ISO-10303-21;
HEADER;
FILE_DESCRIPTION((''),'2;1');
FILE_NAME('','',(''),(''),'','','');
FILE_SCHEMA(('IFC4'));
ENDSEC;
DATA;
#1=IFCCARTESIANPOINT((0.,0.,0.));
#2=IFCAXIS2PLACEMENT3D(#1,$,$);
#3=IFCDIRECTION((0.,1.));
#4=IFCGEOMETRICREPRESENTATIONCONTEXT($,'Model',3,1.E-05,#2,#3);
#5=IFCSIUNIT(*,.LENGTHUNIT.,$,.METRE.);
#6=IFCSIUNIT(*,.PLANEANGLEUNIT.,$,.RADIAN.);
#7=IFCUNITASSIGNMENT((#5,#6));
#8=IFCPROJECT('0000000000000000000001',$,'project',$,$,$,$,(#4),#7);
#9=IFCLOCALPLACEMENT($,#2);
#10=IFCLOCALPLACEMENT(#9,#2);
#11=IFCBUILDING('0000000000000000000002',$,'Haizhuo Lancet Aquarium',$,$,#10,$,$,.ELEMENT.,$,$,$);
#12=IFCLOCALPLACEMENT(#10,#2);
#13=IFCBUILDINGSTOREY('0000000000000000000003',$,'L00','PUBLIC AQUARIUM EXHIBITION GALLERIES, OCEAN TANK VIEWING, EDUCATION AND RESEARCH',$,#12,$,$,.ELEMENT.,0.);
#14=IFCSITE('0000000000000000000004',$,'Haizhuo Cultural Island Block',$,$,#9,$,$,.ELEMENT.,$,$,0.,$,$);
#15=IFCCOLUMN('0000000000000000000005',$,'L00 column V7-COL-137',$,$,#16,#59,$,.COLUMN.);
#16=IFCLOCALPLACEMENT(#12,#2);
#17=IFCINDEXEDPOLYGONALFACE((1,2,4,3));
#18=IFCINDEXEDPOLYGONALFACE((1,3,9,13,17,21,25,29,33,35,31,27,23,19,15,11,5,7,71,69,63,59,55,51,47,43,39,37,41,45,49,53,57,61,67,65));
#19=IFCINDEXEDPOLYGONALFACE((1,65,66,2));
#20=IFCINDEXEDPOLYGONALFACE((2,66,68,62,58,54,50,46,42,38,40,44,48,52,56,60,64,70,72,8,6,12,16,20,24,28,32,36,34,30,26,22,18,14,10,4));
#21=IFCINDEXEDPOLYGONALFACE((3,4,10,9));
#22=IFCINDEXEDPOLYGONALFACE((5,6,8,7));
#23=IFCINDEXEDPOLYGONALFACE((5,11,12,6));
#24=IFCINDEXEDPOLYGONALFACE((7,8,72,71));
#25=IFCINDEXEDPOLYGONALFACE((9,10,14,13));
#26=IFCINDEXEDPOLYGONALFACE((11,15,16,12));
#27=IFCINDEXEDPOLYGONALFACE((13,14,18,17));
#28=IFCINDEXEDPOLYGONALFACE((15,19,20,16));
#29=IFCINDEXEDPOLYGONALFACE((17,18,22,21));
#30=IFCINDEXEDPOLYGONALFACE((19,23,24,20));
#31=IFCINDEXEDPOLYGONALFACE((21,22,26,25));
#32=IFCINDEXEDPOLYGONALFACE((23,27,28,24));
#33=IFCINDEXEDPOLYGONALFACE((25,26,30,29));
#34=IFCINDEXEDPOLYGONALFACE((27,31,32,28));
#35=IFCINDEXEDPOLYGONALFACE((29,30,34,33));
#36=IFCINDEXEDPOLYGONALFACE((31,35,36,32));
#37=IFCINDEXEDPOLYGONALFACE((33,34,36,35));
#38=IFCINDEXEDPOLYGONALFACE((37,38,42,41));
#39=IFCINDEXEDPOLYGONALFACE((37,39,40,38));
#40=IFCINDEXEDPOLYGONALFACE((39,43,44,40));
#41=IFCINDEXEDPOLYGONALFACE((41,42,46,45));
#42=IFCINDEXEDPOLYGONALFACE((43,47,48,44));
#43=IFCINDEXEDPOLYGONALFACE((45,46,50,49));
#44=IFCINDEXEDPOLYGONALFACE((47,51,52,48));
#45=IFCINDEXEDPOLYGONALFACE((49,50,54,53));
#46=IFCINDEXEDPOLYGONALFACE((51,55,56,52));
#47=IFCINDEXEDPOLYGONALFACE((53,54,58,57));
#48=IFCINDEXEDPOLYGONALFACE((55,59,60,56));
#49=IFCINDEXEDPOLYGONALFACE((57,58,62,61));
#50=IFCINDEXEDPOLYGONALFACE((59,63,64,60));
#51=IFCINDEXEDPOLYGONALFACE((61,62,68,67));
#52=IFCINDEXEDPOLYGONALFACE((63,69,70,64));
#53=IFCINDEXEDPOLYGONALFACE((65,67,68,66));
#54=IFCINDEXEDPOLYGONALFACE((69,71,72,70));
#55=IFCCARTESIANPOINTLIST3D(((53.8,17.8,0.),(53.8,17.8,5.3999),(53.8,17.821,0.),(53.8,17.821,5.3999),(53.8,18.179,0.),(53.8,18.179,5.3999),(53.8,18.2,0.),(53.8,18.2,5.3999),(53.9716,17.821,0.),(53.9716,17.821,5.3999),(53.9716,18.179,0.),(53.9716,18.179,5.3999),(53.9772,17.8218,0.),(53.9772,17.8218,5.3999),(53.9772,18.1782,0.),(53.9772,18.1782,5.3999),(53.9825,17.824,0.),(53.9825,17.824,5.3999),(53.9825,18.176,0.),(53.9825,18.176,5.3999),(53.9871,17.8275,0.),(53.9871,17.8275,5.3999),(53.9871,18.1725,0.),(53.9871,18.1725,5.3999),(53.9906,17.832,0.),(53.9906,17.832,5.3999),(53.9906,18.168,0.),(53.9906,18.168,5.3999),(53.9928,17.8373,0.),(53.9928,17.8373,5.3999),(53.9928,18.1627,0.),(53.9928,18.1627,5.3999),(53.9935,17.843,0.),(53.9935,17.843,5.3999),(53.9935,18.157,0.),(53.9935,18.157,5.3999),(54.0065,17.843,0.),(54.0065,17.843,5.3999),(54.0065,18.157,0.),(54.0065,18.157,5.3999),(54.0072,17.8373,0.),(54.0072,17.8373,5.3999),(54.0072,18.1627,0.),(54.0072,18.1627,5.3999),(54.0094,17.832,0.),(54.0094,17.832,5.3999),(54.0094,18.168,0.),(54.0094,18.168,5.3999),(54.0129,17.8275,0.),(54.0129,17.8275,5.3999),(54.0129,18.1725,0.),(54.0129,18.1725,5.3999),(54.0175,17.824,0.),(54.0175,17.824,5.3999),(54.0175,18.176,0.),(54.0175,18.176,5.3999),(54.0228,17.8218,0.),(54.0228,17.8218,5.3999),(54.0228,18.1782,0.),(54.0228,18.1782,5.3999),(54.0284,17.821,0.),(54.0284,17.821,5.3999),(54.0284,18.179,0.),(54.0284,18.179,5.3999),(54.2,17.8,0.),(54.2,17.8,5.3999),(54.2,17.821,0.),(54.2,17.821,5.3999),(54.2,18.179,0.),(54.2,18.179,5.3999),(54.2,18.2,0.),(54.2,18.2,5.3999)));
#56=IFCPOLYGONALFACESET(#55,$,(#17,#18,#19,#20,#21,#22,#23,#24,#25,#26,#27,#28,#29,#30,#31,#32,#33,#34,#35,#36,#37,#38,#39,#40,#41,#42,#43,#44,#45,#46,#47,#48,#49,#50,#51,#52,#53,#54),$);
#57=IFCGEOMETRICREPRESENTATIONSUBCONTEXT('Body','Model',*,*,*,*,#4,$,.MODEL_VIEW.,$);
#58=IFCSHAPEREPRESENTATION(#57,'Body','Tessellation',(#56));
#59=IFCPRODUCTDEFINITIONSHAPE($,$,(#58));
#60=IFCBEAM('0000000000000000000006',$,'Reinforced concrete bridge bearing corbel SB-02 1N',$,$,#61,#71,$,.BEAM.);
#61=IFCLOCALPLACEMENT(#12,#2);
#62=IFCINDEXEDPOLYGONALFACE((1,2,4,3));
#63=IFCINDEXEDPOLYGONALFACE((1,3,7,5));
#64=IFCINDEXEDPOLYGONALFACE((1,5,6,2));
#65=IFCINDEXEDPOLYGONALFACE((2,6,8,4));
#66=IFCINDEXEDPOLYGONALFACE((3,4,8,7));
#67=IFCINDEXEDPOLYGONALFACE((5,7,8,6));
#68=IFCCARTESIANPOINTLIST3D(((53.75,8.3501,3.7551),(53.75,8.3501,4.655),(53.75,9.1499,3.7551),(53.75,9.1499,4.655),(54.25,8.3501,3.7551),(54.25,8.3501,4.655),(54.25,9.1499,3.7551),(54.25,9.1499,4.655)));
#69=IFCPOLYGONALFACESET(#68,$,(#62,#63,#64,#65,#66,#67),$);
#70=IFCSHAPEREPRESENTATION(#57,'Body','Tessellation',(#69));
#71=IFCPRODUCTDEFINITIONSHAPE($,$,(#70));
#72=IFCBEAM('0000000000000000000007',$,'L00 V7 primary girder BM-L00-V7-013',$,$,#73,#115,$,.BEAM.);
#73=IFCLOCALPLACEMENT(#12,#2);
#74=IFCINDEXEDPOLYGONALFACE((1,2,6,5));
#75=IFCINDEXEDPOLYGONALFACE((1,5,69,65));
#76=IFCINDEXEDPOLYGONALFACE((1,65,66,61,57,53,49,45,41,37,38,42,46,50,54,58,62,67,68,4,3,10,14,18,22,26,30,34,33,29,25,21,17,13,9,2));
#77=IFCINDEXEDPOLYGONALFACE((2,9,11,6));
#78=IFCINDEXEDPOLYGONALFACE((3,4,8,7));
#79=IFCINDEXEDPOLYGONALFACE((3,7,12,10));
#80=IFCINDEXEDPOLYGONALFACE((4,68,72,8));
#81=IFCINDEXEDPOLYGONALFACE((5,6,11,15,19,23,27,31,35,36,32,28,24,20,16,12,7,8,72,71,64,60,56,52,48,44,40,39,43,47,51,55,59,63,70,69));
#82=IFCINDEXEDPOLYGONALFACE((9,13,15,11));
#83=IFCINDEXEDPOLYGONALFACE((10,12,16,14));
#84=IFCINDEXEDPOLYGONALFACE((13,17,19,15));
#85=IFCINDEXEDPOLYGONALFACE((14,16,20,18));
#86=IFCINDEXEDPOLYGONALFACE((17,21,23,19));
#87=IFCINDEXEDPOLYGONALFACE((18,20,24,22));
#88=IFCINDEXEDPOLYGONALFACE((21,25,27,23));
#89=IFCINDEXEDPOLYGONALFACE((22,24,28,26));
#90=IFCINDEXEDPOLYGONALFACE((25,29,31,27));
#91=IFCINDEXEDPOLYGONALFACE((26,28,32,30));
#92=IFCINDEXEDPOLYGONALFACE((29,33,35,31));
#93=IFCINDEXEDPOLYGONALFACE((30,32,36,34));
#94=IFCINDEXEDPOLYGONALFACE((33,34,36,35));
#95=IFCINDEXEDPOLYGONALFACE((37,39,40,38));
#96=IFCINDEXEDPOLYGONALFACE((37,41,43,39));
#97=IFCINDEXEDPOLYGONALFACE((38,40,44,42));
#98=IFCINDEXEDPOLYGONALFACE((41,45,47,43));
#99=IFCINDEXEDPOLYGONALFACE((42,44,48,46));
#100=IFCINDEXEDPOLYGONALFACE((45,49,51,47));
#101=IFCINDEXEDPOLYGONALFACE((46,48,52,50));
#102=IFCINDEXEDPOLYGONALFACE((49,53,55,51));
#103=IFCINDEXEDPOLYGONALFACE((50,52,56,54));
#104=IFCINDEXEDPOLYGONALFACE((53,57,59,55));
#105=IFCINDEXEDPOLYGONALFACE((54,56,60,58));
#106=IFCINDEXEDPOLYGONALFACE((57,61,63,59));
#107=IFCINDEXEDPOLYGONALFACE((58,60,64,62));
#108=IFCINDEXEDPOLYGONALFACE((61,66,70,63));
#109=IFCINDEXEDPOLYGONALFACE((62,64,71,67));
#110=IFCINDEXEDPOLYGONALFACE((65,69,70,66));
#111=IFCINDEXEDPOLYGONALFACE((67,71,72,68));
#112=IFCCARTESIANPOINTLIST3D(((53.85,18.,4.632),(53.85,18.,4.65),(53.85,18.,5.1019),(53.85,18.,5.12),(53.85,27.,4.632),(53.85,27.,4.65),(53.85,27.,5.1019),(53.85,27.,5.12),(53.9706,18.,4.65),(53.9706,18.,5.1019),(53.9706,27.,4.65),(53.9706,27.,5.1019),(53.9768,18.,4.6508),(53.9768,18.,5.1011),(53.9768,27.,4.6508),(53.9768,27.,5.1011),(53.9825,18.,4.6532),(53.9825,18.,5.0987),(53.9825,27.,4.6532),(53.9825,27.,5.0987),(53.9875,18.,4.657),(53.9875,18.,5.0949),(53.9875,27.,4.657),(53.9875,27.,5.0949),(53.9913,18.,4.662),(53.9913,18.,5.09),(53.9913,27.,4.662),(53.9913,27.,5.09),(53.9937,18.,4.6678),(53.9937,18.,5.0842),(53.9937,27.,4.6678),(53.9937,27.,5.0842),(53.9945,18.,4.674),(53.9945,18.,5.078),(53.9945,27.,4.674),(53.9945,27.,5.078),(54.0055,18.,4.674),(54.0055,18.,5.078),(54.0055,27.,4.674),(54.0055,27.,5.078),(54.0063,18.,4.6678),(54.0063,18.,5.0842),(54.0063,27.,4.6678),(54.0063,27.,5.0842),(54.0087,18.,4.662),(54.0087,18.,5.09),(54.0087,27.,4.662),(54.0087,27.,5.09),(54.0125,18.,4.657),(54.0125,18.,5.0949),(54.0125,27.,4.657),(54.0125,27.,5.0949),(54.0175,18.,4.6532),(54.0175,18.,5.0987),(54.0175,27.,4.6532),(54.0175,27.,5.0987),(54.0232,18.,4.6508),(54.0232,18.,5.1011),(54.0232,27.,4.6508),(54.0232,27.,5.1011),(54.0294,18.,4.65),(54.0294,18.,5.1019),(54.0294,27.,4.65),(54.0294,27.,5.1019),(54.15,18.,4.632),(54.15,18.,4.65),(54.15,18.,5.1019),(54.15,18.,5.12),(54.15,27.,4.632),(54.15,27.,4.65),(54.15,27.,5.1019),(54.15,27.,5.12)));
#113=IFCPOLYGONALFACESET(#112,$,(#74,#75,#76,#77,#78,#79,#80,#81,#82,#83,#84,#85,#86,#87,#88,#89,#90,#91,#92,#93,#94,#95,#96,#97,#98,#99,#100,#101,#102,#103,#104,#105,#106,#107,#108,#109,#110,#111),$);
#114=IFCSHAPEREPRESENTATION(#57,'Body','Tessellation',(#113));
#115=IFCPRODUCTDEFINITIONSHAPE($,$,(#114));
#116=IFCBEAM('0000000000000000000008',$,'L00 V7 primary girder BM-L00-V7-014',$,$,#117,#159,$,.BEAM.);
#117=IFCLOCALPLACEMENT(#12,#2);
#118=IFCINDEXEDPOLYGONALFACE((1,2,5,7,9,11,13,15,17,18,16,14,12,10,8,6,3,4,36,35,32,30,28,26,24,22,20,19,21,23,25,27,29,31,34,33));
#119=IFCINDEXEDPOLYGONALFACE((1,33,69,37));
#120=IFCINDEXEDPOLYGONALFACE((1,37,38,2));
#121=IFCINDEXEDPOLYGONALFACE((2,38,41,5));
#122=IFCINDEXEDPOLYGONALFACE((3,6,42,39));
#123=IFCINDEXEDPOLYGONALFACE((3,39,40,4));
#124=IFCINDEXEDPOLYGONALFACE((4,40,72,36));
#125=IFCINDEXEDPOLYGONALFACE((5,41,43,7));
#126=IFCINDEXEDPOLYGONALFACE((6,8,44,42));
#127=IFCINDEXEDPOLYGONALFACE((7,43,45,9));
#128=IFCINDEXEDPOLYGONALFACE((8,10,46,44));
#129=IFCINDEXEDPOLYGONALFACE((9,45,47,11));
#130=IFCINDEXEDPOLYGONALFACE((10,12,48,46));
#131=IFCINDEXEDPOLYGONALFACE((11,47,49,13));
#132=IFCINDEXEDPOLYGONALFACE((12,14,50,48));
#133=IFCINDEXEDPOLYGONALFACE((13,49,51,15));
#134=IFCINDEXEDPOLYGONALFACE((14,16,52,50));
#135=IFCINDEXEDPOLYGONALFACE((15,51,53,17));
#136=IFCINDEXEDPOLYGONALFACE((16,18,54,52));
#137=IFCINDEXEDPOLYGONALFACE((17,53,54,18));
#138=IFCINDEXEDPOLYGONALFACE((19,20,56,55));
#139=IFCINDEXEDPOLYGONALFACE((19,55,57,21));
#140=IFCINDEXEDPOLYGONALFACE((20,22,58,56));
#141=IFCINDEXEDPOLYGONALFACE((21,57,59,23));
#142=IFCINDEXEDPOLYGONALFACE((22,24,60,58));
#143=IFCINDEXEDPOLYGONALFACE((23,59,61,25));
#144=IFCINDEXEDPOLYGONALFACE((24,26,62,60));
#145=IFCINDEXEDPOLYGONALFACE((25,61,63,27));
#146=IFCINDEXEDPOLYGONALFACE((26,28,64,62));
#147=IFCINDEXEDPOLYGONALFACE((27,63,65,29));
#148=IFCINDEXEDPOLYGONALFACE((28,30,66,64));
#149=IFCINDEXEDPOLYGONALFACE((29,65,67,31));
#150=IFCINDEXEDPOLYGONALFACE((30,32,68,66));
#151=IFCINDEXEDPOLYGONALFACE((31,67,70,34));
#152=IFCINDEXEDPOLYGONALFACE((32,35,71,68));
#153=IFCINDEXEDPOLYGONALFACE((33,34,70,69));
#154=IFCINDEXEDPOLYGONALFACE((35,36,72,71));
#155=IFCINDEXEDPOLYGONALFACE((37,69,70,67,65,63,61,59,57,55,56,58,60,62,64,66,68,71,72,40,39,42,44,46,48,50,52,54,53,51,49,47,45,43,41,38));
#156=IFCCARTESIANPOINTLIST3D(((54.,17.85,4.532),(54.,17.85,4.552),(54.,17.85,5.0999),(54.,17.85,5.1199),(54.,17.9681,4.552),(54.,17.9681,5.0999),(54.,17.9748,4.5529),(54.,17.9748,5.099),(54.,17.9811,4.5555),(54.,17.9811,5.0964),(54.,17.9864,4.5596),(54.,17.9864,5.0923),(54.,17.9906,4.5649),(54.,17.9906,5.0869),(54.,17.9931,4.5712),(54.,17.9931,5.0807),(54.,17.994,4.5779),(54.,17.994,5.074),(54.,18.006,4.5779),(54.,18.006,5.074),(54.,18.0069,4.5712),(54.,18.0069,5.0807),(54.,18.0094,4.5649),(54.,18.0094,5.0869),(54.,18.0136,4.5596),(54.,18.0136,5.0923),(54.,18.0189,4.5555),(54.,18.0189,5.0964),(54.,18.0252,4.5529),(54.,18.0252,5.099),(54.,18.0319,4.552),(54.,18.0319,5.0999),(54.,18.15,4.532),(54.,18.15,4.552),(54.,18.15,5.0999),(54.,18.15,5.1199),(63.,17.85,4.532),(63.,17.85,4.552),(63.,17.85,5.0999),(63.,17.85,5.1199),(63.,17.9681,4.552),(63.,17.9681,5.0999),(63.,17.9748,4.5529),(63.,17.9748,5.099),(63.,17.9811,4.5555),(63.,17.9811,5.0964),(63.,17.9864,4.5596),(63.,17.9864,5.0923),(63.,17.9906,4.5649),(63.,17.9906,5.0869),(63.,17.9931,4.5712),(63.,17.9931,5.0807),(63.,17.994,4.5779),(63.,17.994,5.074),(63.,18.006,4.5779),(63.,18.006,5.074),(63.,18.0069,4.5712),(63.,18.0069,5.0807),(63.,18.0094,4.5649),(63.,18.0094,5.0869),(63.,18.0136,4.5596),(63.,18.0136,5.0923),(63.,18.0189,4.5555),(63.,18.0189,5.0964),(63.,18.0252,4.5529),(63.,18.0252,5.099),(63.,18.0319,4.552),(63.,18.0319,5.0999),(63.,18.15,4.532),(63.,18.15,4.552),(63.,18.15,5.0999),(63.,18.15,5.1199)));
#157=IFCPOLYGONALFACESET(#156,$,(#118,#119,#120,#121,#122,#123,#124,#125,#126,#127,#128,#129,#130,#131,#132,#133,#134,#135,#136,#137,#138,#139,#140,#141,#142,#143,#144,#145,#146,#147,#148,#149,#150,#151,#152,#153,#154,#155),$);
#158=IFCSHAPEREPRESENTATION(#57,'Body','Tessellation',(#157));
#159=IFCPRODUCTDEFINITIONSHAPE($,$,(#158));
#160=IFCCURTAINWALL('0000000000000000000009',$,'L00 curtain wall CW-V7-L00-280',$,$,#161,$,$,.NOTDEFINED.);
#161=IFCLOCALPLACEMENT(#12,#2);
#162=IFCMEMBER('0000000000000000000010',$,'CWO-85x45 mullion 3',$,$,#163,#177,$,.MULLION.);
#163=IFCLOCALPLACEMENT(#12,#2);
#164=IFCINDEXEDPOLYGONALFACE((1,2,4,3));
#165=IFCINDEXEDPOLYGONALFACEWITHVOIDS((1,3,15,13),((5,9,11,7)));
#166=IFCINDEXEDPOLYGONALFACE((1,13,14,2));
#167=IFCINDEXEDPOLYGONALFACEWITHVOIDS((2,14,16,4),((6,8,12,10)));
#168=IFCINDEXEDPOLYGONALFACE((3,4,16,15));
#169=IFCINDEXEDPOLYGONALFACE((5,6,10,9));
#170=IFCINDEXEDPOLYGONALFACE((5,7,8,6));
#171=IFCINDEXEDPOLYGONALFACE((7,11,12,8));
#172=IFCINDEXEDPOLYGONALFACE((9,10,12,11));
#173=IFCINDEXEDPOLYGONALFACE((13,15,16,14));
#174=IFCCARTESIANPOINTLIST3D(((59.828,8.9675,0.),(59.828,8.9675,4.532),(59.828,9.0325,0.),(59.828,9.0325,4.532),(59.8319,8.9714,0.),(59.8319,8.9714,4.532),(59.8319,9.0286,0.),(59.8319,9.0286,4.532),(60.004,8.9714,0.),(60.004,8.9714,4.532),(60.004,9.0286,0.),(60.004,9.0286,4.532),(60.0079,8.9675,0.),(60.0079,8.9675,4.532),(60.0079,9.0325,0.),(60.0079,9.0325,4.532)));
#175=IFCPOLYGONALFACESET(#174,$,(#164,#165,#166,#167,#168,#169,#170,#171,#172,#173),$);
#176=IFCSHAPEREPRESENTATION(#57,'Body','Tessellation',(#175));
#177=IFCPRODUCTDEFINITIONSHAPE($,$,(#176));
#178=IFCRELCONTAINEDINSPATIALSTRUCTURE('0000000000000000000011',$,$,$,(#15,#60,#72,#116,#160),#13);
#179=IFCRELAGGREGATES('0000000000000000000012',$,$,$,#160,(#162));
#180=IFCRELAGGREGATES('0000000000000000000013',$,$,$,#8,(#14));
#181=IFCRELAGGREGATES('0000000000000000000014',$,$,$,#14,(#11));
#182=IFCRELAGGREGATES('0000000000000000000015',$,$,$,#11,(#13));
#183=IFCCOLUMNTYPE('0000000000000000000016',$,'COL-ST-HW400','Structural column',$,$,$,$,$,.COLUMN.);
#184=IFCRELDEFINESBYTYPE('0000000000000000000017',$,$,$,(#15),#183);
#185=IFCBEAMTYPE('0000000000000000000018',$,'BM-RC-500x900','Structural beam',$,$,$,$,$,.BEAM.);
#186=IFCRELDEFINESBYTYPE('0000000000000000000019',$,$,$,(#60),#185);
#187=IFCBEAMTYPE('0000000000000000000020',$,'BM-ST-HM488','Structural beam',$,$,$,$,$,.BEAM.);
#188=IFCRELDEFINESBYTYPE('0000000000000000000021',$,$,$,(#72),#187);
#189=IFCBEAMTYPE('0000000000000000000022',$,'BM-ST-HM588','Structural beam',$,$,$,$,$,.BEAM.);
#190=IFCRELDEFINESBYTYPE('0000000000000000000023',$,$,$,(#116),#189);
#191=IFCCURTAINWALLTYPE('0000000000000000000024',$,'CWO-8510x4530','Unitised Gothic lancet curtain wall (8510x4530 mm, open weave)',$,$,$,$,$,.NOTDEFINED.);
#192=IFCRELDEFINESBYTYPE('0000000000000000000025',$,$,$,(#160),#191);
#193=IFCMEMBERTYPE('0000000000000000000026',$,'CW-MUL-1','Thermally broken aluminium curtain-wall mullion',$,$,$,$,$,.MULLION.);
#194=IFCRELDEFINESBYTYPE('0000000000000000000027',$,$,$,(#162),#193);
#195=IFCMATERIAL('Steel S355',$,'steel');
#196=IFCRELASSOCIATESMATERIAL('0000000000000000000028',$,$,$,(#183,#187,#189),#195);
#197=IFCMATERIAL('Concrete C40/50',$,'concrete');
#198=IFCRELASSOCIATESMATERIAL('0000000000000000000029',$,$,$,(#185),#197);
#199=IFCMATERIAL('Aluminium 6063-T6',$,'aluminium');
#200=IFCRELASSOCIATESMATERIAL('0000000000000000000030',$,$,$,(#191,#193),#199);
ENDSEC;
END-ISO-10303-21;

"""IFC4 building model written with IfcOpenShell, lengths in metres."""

from ifc_helpers import new_model, si_unit, direction, frame, origin, origin_2d, place, context, subcontext, project, spatial, rectangle, hollow_rectangle, i_section, extrude, material, material_profile, profile_set, type_object, element, aggregate, save


model = new_model("IFC4")

# Units and contexts
model_context = context("Model", 3, precision=1e-05, world=origin(), true_north=direction((0.0, 1.0)))
body_context = subcontext(model_context, "Body", "Model", "MODEL_VIEW")
ifc_project = project(units=[si_unit("LENGTHUNIT", "METRE"), si_unit("PLANEANGLEUNIT", "RADIAN")], contexts=[model_context])

# Site, building, storey
site_placement = place(None, origin())
site = spatial("IfcSite", under=ifc_project, at=site_placement, Name="Haizhuo Cultural Island Block", CompositionType="ELEMENT", RefElevation=0.0)
building_placement = place(site_placement, origin())
building = spatial("IfcBuilding", under=site, at=building_placement, Name="Haizhuo Lancet Aquarium", CompositionType="ELEMENT")
storey_placement = place(building_placement, origin())
storey = spatial("IfcBuildingStorey", under=building, at=storey_placement, Name="L00", Description="PUBLIC AQUARIUM EXHIBITION GALLERIES, OCEAN TANK VIEWING, EDUCATION AND RESEARCH", CompositionType="ELEMENT", Elevation=0.0)

# Column
ifc_material_1 = material(Name="Steel S355", Category="steel")
ifc_material_profile_1 = material_profile(ifc_material_1, i_section(OverallWidth=0.3999, OverallDepth=0.3999, WebThickness=0.0129, FlangeThickness=0.021, FilletRadius=0.022, at=origin_2d()), Name="HW 400x400x13x21")
ifc_profile_set_1 = profile_set([ifc_material_profile_1], Name="Steel S355")
column_type = type_object("IfcColumnType", Name="COL-ST-HW400", Description="Structural column", PredefinedType="COLUMN", material=ifc_profile_set_1)
column_placement = place(storey_placement, frame((54.0, 18.0, 0.0), z_axis=(0.0, 0.0, 1.0), x_axis=(1.0, 0.0, 0.0)))
element("IfcColumn", 1, at=column_placement, inside=storey, type_object=column_type, Name="L00 column V7-COL-137", PredefinedType="COLUMN", context=body_context, shape_type="SweptSolid", body=[
    extrude(i_section(OverallWidth=0.3999, OverallDepth=0.3999, WebThickness=0.0129, FlangeThickness=0.021, FilletRadius=0.022, at=origin_2d()), origin(), (0.0, 0.0, 1.0), 5.3999),
])

# Beams
ifc_material_2 = material(Name="Concrete C40/50", Category="concrete")
ifc_material_profile_2 = material_profile(ifc_material_2, rectangle(XDim=0.5, YDim=0.8999, at=origin_2d()), Name="RC-BM 500x900")
ifc_profile_set_2 = profile_set([ifc_material_profile_2], Name="Concrete C40/50")
beam_type_1 = type_object("IfcBeamType", Name="BM-RC-500x900", Description="Structural beam", PredefinedType="BEAM", material=ifc_profile_set_2)
beam_1_placement = place(storey_placement, frame((54.0, 9.1499, 4.2051), z_axis=(0.0, -1.0, 0.0), x_axis=(1.0, 0.0, 0.0)))
element("IfcBeam", 2, at=beam_1_placement, inside=storey, type_object=beam_type_1, Name="Reinforced concrete bridge bearing corbel SB-02 1N", PredefinedType="BEAM", context=body_context, shape_type="SweptSolid", body=[
    extrude(rectangle(XDim=0.5, YDim=0.8999, at=origin_2d()), origin(), (0.0, 0.0, 1.0), 0.7998),
])
ifc_material_profile_3 = material_profile(ifc_material_1, i_section(OverallWidth=0.3, OverallDepth=0.488, WebThickness=0.011, FlangeThickness=0.0181, FilletRadius=0.0239, at=origin_2d()), Name="HM 488x300x11x18")
ifc_profile_set_3 = profile_set([ifc_material_profile_3], Name="Steel S355")
beam_type_2 = type_object("IfcBeamType", Name="BM-ST-HM488", Description="Structural beam", PredefinedType="BEAM", material=ifc_profile_set_3)
beam_2_placement = place(storey_placement, frame((54.0, 18.0, 4.876), z_axis=(0.0, 1.0, 0.0), x_axis=(-1.0, 0.0, 0.0)))
element("IfcBeam", 3, at=beam_2_placement, inside=storey, type_object=beam_type_2, Name="L00 V7 primary girder BM-L00-V7-013", PredefinedType="BEAM", context=body_context, shape_type="SweptSolid", body=[
    extrude(i_section(OverallWidth=0.3, OverallDepth=0.488, WebThickness=0.011, FlangeThickness=0.0181, FilletRadius=0.0239, at=origin_2d()), origin(), (0.0, 0.0, 1.0), 9.0),
])
ifc_material_profile_4 = material_profile(ifc_material_1, i_section(OverallWidth=0.3, OverallDepth=0.5879, WebThickness=0.012, FlangeThickness=0.02, FilletRadius=0.0259, at=origin_2d()), Name="HM 588x300x12x20")
ifc_profile_set_4 = profile_set([ifc_material_profile_4], Name="Steel S355")
beam_type_3 = type_object("IfcBeamType", Name="BM-ST-HM588", Description="Structural beam", PredefinedType="BEAM", material=ifc_profile_set_4)
beam_3_placement = place(storey_placement, frame((54.0, 18.0, 4.8259), z_axis=(1.0, 0.0, 0.0), x_axis=(0.0, 1.0, 0.0)))
element("IfcBeam", 4, at=beam_3_placement, inside=storey, type_object=beam_type_3, Name="L00 V7 primary girder BM-L00-V7-014", PredefinedType="BEAM", context=body_context, shape_type="SweptSolid", body=[
    extrude(i_section(OverallWidth=0.3, OverallDepth=0.5879, WebThickness=0.012, FlangeThickness=0.02, FilletRadius=0.0259, at=origin_2d()), origin(), (0.0, 0.0, 1.0), 9.0),
])

# Curtain wall, member
ifc_material_3 = material(Name="Aluminium 6063-T6", Category="aluminium")
curtain_wall_type = type_object("IfcCurtainWallType", Name="CWO-8510x4530", Description="Unitised Gothic lancet curtain wall (8510x4530 mm, open weave)", PredefinedType="NOTDEFINED", material=ifc_material_3)
curtain_wall_placement = place(storey_placement, origin())
curtain_wall = element("IfcCurtainWall", 5, at=curtain_wall_placement, inside=storey, type_object=curtain_wall_type, Name="L00 curtain wall CW-V7-L00-280", PredefinedType="NOTDEFINED")
ifc_material_profile_5 = material_profile(ifc_material_3, hollow_rectangle(XDim=0.0649, YDim=0.1799, WallThickness=0.0039, at=origin_2d()), Name="ALU-M 65x180x4")
ifc_profile_set_5 = profile_set([ifc_material_profile_5], Name="Aluminium 6063-T6")
member_type_1 = type_object("IfcMemberType", Name="CW-MUL-1", Description="Thermally broken aluminium curtain-wall mullion", PredefinedType="MULLION", material=ifc_profile_set_5)
member_1_placement = place(storey_placement, frame((59.918, 9.0, 0.0), z_axis=(0.0, 0.0, 1.0), x_axis=(0.0, -1.0, 0.0)))
member_1 = element("IfcMember", 6, at=member_1_placement, type_object=member_type_1, Name="CWO-85x45 mullion 3", PredefinedType="MULLION", context=body_context, shape_type="SweptSolid", body=[
    extrude(hollow_rectangle(XDim=0.0649, YDim=0.1799, WallThickness=0.0039, at=origin_2d()), origin(), (0.0, 0.0, 1.0), 4.532),
])

aggregate(curtain_wall, [member_1])

save(model, "model.ifc")
